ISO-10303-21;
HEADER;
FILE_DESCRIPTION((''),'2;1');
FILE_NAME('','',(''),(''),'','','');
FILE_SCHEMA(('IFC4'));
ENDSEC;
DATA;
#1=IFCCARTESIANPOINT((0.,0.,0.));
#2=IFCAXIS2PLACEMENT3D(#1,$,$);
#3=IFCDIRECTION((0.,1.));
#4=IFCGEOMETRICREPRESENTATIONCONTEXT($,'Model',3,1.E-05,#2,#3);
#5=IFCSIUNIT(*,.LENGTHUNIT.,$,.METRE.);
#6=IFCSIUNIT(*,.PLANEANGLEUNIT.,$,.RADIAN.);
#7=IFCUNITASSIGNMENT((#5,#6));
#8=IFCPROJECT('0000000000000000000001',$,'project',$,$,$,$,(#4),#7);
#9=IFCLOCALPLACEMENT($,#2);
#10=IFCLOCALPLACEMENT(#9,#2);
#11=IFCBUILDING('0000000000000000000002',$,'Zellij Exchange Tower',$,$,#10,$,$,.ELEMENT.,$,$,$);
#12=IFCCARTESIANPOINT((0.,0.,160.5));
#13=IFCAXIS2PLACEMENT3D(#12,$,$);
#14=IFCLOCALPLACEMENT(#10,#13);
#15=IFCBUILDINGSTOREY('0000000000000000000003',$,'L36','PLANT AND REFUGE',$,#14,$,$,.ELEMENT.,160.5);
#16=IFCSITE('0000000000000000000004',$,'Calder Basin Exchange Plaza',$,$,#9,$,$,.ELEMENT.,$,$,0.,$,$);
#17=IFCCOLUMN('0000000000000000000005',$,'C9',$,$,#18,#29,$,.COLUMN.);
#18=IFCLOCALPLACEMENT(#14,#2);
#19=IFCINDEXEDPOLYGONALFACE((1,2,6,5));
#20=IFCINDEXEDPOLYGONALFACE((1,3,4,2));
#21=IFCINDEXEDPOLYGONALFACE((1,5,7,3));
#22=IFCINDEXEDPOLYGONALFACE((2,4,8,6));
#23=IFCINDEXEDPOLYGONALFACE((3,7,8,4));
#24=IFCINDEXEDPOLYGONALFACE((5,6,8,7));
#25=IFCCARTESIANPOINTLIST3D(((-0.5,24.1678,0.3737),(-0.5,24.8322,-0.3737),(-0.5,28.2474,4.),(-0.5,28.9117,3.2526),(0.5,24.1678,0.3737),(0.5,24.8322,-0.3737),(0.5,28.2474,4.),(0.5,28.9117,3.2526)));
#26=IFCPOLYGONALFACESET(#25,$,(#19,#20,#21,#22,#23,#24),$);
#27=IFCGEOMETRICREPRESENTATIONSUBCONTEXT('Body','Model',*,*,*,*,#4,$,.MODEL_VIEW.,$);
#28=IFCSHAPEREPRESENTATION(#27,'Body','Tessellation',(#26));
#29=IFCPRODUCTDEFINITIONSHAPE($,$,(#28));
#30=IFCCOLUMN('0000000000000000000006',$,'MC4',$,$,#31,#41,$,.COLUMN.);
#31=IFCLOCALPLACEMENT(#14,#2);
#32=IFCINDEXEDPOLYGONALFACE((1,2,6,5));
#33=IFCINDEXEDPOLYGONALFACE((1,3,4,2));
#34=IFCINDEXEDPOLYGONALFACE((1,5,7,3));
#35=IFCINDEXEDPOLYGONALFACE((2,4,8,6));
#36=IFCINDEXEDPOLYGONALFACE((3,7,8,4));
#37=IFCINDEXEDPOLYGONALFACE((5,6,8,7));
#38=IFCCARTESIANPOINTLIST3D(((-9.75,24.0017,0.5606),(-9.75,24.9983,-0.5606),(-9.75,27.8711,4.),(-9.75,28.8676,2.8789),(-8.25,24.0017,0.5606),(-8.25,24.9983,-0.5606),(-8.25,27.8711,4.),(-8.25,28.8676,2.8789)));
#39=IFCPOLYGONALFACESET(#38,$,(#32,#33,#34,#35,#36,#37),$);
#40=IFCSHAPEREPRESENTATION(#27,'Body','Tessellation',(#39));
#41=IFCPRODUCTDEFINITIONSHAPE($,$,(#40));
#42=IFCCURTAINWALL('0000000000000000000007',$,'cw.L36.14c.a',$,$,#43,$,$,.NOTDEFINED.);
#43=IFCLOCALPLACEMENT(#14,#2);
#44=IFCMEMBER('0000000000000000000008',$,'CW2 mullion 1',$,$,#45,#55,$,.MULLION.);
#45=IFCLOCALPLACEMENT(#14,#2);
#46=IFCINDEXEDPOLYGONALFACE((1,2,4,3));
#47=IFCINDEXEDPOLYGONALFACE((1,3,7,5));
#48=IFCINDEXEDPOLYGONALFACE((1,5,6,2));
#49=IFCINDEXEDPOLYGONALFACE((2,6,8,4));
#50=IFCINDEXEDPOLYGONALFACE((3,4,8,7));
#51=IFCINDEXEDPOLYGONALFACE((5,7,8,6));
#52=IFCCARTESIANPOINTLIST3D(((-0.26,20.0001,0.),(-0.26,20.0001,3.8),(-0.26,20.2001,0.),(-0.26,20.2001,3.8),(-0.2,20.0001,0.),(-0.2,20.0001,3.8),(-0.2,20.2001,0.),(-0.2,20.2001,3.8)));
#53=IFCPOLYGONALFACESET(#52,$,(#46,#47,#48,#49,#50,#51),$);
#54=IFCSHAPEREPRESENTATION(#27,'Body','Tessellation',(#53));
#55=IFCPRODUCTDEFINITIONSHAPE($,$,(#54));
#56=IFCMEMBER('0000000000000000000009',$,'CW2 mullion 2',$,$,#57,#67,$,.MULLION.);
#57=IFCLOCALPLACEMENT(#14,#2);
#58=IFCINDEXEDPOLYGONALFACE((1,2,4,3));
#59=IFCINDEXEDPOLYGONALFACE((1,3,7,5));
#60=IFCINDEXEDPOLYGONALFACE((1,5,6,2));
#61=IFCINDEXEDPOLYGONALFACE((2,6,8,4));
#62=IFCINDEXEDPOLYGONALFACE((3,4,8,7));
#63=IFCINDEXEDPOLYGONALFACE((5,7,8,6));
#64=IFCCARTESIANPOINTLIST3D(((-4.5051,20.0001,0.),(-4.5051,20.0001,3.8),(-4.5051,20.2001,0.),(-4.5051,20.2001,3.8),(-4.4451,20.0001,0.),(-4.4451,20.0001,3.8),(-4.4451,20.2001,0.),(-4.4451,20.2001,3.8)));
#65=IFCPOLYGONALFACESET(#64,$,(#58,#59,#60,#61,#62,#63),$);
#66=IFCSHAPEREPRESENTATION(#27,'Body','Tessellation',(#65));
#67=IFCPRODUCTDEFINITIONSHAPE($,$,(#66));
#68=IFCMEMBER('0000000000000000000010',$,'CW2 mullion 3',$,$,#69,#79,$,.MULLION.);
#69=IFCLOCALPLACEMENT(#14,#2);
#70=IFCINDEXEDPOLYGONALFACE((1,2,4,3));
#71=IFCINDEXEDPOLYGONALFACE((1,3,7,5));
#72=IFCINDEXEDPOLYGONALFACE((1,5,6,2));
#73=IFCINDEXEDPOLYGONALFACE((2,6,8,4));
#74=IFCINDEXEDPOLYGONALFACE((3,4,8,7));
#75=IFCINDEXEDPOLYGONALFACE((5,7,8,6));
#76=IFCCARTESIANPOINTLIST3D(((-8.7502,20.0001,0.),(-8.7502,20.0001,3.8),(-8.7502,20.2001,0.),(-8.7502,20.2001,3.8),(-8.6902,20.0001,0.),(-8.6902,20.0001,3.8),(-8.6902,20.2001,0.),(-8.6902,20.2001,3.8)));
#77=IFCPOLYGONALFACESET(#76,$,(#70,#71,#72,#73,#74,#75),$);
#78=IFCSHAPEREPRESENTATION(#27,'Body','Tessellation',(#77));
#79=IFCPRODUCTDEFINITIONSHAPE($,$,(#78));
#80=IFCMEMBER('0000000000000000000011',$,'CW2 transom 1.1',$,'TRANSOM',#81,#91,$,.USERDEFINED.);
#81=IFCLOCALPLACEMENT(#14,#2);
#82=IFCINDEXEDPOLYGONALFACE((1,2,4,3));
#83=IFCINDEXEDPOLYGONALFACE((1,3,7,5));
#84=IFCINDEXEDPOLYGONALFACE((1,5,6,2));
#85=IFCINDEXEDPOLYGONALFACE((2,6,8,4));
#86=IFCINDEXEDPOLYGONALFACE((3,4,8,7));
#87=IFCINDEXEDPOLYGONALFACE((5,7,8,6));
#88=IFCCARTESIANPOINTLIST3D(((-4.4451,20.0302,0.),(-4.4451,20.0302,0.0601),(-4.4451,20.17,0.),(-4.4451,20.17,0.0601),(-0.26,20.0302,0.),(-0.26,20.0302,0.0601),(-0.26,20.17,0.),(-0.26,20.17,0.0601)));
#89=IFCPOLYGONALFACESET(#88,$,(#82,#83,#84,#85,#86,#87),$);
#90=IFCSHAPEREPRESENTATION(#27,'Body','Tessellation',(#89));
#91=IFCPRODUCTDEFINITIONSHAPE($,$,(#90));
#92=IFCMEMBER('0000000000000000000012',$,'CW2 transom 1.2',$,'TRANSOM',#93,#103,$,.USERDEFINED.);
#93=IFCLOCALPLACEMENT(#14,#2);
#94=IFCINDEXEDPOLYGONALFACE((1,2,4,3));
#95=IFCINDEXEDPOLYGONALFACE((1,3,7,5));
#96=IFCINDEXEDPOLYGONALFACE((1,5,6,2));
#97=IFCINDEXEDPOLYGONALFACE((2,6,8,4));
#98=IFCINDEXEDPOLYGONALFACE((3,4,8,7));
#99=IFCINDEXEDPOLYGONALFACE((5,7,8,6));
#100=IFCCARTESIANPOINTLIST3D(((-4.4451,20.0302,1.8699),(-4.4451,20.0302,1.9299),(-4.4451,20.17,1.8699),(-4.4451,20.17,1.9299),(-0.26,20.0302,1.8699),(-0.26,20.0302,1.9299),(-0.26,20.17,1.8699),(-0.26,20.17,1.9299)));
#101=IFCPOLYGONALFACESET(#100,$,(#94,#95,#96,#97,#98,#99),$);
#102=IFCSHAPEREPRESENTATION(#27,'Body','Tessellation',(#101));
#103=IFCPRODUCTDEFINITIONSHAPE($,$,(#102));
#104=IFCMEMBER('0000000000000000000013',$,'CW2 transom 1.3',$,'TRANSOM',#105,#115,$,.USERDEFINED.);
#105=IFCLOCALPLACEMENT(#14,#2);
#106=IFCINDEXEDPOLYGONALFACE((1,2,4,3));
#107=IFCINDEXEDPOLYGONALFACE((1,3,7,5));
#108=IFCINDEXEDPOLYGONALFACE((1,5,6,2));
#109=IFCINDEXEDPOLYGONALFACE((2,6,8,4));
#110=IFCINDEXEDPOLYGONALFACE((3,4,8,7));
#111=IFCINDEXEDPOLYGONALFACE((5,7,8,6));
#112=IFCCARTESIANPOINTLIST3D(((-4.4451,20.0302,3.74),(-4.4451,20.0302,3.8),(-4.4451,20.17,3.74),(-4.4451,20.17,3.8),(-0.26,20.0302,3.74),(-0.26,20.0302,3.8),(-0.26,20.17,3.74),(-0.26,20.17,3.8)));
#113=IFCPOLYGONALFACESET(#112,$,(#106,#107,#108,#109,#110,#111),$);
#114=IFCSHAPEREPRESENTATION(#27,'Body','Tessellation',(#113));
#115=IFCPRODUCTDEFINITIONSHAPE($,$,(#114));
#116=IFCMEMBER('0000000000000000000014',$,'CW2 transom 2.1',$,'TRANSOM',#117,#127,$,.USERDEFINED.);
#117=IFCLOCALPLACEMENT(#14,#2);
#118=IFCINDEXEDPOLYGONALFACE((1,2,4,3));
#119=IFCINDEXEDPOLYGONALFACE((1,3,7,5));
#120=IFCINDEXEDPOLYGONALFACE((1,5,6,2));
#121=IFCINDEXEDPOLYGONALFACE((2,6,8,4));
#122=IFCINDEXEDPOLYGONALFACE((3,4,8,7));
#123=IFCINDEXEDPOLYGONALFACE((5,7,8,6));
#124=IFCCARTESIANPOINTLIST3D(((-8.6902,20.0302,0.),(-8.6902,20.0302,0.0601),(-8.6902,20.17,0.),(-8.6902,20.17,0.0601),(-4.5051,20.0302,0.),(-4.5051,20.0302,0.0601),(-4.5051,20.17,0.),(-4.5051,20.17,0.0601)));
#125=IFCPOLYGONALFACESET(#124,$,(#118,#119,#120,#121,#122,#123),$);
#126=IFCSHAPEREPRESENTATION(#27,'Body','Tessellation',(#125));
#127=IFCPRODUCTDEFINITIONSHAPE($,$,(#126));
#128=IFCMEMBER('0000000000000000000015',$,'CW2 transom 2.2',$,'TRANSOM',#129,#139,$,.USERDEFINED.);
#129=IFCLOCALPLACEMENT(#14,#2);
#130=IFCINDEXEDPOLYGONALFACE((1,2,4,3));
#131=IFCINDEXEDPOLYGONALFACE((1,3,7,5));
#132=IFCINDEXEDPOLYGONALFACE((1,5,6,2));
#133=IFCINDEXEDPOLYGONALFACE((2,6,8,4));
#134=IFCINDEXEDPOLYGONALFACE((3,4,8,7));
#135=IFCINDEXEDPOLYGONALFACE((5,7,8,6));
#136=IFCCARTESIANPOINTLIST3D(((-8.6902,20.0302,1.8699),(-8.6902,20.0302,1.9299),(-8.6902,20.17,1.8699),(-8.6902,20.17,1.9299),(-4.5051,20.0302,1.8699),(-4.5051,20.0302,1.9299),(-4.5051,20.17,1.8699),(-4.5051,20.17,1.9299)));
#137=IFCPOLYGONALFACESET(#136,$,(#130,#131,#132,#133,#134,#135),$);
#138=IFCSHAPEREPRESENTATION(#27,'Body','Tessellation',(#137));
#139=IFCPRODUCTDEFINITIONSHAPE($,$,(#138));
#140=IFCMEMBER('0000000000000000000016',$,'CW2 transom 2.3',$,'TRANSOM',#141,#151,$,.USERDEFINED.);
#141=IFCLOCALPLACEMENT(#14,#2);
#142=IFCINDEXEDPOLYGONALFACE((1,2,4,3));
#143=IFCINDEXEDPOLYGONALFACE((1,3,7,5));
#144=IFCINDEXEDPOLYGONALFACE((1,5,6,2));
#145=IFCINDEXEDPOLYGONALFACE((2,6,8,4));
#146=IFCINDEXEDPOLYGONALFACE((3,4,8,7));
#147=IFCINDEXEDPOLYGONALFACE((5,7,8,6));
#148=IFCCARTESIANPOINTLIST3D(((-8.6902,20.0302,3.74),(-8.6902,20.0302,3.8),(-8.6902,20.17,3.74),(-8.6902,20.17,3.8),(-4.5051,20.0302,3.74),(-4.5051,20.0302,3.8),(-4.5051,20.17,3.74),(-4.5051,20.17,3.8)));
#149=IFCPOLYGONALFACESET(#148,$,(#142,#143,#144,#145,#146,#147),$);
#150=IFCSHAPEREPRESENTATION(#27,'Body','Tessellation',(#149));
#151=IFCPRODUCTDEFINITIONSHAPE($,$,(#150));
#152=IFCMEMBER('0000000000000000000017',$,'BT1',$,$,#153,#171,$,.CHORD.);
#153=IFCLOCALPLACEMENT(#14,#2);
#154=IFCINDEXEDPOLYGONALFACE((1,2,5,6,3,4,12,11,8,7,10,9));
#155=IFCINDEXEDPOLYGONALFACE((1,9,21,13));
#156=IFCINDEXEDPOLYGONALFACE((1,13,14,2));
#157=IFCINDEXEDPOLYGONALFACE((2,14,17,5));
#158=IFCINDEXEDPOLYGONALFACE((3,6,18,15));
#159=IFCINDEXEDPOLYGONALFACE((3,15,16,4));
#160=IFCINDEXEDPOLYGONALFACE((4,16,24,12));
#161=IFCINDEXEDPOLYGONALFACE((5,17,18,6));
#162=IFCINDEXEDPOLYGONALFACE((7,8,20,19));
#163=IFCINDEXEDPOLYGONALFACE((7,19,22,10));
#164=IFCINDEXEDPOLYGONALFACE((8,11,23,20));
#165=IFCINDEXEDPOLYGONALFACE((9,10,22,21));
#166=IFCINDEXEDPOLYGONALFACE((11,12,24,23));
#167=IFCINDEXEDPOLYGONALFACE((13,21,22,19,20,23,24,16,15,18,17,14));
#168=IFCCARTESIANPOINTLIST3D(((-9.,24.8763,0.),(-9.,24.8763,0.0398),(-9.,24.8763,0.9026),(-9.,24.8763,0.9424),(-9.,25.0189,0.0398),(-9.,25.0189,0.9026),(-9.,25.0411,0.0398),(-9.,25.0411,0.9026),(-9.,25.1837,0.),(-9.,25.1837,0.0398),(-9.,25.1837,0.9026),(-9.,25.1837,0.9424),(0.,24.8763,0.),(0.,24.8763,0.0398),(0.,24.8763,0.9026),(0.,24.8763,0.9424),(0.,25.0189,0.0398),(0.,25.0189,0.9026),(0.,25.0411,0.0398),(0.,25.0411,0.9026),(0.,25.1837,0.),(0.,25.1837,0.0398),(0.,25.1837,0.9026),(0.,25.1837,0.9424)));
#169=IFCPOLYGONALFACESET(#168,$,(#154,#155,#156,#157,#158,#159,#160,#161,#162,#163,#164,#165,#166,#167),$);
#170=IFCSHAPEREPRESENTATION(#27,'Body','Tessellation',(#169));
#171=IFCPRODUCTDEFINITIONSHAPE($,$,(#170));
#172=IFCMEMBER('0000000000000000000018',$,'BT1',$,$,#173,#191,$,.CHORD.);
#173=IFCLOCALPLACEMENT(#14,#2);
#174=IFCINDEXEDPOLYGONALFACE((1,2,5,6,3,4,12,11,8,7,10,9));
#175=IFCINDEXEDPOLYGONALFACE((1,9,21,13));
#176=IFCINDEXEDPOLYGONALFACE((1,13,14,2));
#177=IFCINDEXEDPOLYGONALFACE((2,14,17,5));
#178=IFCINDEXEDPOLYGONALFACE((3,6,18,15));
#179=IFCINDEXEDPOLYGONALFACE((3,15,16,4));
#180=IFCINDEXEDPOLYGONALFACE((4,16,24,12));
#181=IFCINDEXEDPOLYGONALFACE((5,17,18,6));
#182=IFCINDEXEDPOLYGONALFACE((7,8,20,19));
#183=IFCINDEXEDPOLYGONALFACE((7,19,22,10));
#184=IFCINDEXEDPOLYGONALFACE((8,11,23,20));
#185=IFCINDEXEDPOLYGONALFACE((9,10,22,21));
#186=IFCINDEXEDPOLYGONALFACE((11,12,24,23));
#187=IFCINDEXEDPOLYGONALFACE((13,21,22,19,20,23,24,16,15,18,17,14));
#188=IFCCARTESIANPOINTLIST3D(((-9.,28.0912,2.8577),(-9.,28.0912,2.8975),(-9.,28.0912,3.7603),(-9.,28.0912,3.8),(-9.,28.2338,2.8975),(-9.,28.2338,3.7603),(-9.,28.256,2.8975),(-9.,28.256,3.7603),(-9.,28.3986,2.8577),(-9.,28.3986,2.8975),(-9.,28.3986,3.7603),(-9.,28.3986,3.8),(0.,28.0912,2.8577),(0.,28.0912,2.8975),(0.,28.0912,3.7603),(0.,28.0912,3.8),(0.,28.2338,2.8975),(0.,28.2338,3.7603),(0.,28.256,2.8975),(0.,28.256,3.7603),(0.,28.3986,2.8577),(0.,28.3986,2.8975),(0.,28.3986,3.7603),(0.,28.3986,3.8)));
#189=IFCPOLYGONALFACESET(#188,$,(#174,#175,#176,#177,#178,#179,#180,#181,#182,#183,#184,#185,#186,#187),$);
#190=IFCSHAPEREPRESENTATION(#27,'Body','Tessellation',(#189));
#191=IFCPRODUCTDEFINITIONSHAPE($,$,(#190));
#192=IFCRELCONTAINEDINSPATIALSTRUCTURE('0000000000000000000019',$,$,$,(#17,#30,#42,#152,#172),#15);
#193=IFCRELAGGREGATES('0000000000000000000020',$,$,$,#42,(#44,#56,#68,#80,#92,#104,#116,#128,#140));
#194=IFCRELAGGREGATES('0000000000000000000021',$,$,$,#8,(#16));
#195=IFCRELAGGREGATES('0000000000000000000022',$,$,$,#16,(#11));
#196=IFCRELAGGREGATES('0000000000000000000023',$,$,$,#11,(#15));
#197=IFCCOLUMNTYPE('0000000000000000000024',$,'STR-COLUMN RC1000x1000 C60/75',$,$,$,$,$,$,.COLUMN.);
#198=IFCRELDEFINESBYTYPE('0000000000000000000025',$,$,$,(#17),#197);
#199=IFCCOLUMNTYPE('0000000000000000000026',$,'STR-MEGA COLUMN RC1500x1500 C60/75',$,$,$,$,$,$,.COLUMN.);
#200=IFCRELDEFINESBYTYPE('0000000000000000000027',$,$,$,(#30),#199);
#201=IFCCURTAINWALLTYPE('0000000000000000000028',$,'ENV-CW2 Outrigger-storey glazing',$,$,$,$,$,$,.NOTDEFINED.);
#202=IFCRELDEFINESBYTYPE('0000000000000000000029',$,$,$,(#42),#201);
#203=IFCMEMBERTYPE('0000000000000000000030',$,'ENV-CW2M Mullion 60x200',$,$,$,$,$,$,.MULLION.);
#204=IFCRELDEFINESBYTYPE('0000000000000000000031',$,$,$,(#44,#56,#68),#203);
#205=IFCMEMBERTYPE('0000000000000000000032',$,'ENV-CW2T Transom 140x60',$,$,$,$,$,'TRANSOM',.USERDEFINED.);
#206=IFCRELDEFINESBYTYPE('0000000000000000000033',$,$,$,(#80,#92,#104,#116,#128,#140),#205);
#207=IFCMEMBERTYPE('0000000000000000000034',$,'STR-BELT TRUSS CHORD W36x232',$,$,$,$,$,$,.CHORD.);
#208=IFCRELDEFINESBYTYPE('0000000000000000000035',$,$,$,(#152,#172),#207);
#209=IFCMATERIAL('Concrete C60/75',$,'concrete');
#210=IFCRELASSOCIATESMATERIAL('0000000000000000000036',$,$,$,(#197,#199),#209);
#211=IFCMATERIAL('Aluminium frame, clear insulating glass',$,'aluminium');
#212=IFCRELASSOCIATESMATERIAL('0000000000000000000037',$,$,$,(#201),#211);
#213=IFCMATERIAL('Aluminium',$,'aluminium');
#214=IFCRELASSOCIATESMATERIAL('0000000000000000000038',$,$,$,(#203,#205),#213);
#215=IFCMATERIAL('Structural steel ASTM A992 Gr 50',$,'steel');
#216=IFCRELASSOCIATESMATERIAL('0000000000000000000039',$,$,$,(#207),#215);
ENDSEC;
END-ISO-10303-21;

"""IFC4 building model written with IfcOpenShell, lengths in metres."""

from ifc_helpers import new_model, si_unit, direction, frame, origin, origin_2d, place, context, subcontext, project, spatial, rectangle, i_section, extrude, clip, halfspace, material, material_profile, profile_set, type_object, element, aggregate, save


model = new_model("IFC4")

# Units and contexts
model_context = context("Model", 3, precision=1e-05, world=origin(), true_north=direction((0.0, 1.0)))
body_context = subcontext(model_context, "Body", "Model", "MODEL_VIEW")
ifc_project = project(units=[si_unit("LENGTHUNIT", "METRE"), si_unit("PLANEANGLEUNIT", "RADIAN")], contexts=[model_context])

# Site, building, storey
site_placement = place(None, origin())
site = spatial("IfcSite", under=ifc_project, at=site_placement, Name="Calder Basin Exchange Plaza", CompositionType="ELEMENT", RefElevation=0.0)
building_placement = place(site_placement, origin())
building = spatial("IfcBuilding", under=site, at=building_placement, Name="Zellij Exchange Tower", CompositionType="ELEMENT")
storey_placement = place(building_placement, frame((0.0, 0.0, 160.5)))
storey = spatial("IfcBuildingStorey", under=building, at=storey_placement, Name="L36", Description="PLANT AND REFUGE", CompositionType="ELEMENT", Elevation=160.5)

# Columns
ifc_material_1 = material(Name="Concrete C60/75", Category="concrete")
ifc_material_profile_1 = material_profile(ifc_material_1, rectangle(XDim=1.0, YDim=1.0, at=origin_2d()), Name="STR-COLUMN RC1000x1000 C60/75")
ifc_profile_set_1 = profile_set([ifc_material_profile_1], Name="Concrete C60/75")
column_type_1 = type_object("IfcColumnType", Name="STR-COLUMN RC1000x1000 C60/75", PredefinedType="COLUMN", material=ifc_profile_set_1)
column_1_placement = place(storey_placement, frame((0.0, 24.5, 0.0), z_axis=(0.0, 0.747409, 0.664364), x_axis=(-1.0, 0.0, 0.0)))
element("IfcColumn", 1, at=column_1_placement, inside=storey, type_object=column_type_1, Name="C9", PredefinedType="COLUMN", context=body_context, shape_type="Clipping", body=[
    clip(extrude(rectangle(XDim=1.0, YDim=1.0, at=origin_2d()), origin(), (0.0, 0.0, 1.0), 6.0208), halfspace(frame((0.0, 0.0, 5.4583)), False)),
])
ifc_material_profile_2 = material_profile(ifc_material_1, rectangle(XDim=1.5, YDim=1.5, at=origin_2d()), Name="STR-MEGA COLUMN RC1500x1500 C60/75")
ifc_profile_set_2 = profile_set([ifc_material_profile_2], Name="Concrete C60/75")
column_type_2 = type_object("IfcColumnType", Name="STR-MEGA COLUMN RC1500x1500 C60/75", PredefinedType="COLUMN", material=ifc_profile_set_2)
column_2_placement = place(storey_placement, frame((-9.0, 24.5, 0.0), z_axis=(0.0, 0.747409, 0.664364), x_axis=(-1.0, 0.0, 0.0)))
element("IfcColumn", 2, at=column_2_placement, inside=storey, type_object=column_type_2, Name="MC4", PredefinedType="COLUMN", context=body_context, shape_type="Clipping", body=[
    clip(extrude(rectangle(XDim=1.5, YDim=1.5, at=origin_2d()), origin(), (0.0, 0.0, 1.0), 6.0208), halfspace(frame((0.0, 0.0, 5.177)), False)),
])

# Curtain wall, members
ifc_material_2 = material(Name="Aluminium frame, clear insulating glass", Category="aluminium")
curtain_wall_type = type_object("IfcCurtainWallType", Name="ENV-CW2 Outrigger-storey glazing", PredefinedType="NOTDEFINED", material=ifc_material_2)
curtain_wall_placement = place(storey_placement, origin())
curtain_wall = element("IfcCurtainWall", 3, at=curtain_wall_placement, inside=storey, type_object=curtain_wall_type, Name="cw.L36.14c.a", PredefinedType="NOTDEFINED")
ifc_material_3 = material(Name="Aluminium", Category="aluminium")
ifc_material_profile_3 = material_profile(ifc_material_3, rectangle(XDim=0.0601, YDim=0.2, at=origin_2d()), Name="AL 60x200")
ifc_profile_set_3 = profile_set([ifc_material_profile_3], Name="Aluminium")
member_type_1 = type_object("IfcMemberType", Name="ENV-CW2M Mullion 60x200", PredefinedType="MULLION", material=ifc_profile_set_3)
member_1_placement = place(storey_placement, frame((-0.23, 20.1001, 0.0), z_axis=(0.0, 0.0, 1.0), x_axis=(-1.0, 0.0, 0.0)))
member_1 = element("IfcMember", 4, at=member_1_placement, type_object=member_type_1, Name="CW2 mullion 1", PredefinedType="MULLION", context=body_context, shape_type="SweptSolid", body=[
    extrude(rectangle(XDim=0.0601, YDim=0.2, at=origin_2d()), origin(), (0.0, 0.0, 1.0), 3.8),
])
member_2_placement = place(storey_placement, frame((-4.4751, 20.1001, 0.0), z_axis=(0.0, 0.0, 1.0), x_axis=(-1.0, 0.0, 0.0)))
member_2 = element("IfcMember", 5, at=member_2_placement, type_object=member_type_1, Name="CW2 mullion 2", PredefinedType="MULLION", context=body_context, shape_type="SweptSolid", body=[
    extrude(rectangle(XDim=0.0601, YDim=0.2, at=origin_2d()), origin(), (0.0, 0.0, 1.0), 3.8),
])
member_3_placement = place(storey_placement, frame((-8.7202, 20.1001, 0.0), z_axis=(0.0, 0.0, 1.0), x_axis=(-1.0, 0.0, 0.0)))
member_3 = element("IfcMember", 6, at=member_3_placement, type_object=member_type_1, Name="CW2 mullion 3", PredefinedType="MULLION", context=body_context, shape_type="SweptSolid", body=[
    extrude(rectangle(XDim=0.0601, YDim=0.2, at=origin_2d()), origin(), (0.0, 0.0, 1.0), 3.8),
])
ifc_material_profile_4 = material_profile(ifc_material_3, rectangle(XDim=0.1399, YDim=0.0601, at=origin_2d()), Name="AL 140x60")
ifc_profile_set_4 = profile_set([ifc_material_profile_4], Name="Aluminium")
member_type_2 = type_object("IfcMemberType", Name="ENV-CW2T Transom 140x60", ElementType="TRANSOM", PredefinedType="USERDEFINED", material=ifc_profile_set_4)
member_4_placement = place(storey_placement, frame((-0.26, 20.1001, 0.03), z_axis=(-1.0, 0.0, 0.0), x_axis=(0.0, -1.0, 0.0)))
member_4 = element("IfcMember", 7, at=member_4_placement, type_object=member_type_2, Name="CW2 transom 1.1", ObjectType="TRANSOM", PredefinedType="USERDEFINED", context=body_context, shape_type="SweptSolid", body=[
    extrude(rectangle(XDim=0.1399, YDim=0.0601, at=origin_2d()), origin(), (0.0, 0.0, 1.0), 4.1851),
])
member_5_placement = place(storey_placement, frame((-0.26, 20.1001, 1.8999), z_axis=(-1.0, 0.0, 0.0), x_axis=(0.0, -1.0, 0.0)))
member_5 = element("IfcMember", 8, at=member_5_placement, type_object=member_type_2, Name="CW2 transom 1.2", ObjectType="TRANSOM", PredefinedType="USERDEFINED", context=body_context, shape_type="SweptSolid", body=[
    extrude(rectangle(XDim=0.1399, YDim=0.0601, at=origin_2d()), origin(), (0.0, 0.0, 1.0), 4.1851),
])
member_6_placement = place(storey_placement, frame((-0.26, 20.1001, 3.77), z_axis=(-1.0, 0.0, 0.0), x_axis=(0.0, -1.0, 0.0)))
member_6 = element("IfcMember", 9, at=member_6_placement, type_object=member_type_2, Name="CW2 transom 1.3", ObjectType="TRANSOM", PredefinedType="USERDEFINED", context=body_context, shape_type="SweptSolid", body=[
    extrude(rectangle(XDim=0.1399, YDim=0.0601, at=origin_2d()), origin(), (0.0, 0.0, 1.0), 4.1851),
])
member_7_placement = place(storey_placement, frame((-4.5051, 20.1001, 0.03), z_axis=(-1.0, 0.0, 0.0), x_axis=(0.0, -1.0, 0.0)))
member_7 = element("IfcMember", 10, at=member_7_placement, type_object=member_type_2, Name="CW2 transom 2.1", ObjectType="TRANSOM", PredefinedType="USERDEFINED", context=body_context, shape_type="SweptSolid", body=[
    extrude(rectangle(XDim=0.1399, YDim=0.0601, at=origin_2d()), origin(), (0.0, 0.0, 1.0), 4.1851),
])
member_8_placement = place(storey_placement, frame((-4.5051, 20.1001, 1.8999), z_axis=(-1.0, 0.0, 0.0), x_axis=(0.0, -1.0, 0.0)))
member_8 = element("IfcMember", 11, at=member_8_placement, type_object=member_type_2, Name="CW2 transom 2.2", ObjectType="TRANSOM", PredefinedType="USERDEFINED", context=body_context, shape_type="SweptSolid", body=[
    extrude(rectangle(XDim=0.1399, YDim=0.0601, at=origin_2d()), origin(), (0.0, 0.0, 1.0), 4.1851),
])
member_9_placement = place(storey_placement, frame((-4.5051, 20.1001, 3.77), z_axis=(-1.0, 0.0, 0.0), x_axis=(0.0, -1.0, 0.0)))
member_9 = element("IfcMember", 12, at=member_9_placement, type_object=member_type_2, Name="CW2 transom 2.3", ObjectType="TRANSOM", PredefinedType="USERDEFINED", context=body_context, shape_type="SweptSolid", body=[
    extrude(rectangle(XDim=0.1399, YDim=0.0601, at=origin_2d()), origin(), (0.0, 0.0, 1.0), 4.1851),
])

# Members
ifc_material_4 = material(Name="Structural steel ASTM A992 Gr 50", Category="steel")
ifc_material_profile_5 = material_profile(ifc_material_4, i_section(OverallWidth=0.3074, OverallDepth=0.9424, WebThickness=0.0222, FlangeThickness=0.0398, at=origin_2d()), Name="W36x232")
ifc_profile_set_5 = profile_set([ifc_material_profile_5], Name="Structural steel ASTM A992 Gr 50")
member_type_3 = type_object("IfcMemberType", Name="STR-BELT TRUSS CHORD W36x232", PredefinedType="CHORD", material=ifc_profile_set_5)
for number, where, z_axis, x_axis, name in (
    (13, (-9.0, 25.03, 0.4712), (1.0, 0.0, 0.0), (0.0, 1.0, 0.0), "BT1"),
    (14, (-9.0, 28.2449, 3.3289), (1.0, 0.0, 0.0), (0.0, 1.0, 0.0), "BT1"),
):
    element("IfcMember", number, at=place(storey_placement, frame(where, z_axis=z_axis, x_axis=x_axis)), inside=storey, type_object=member_type_3, Name=name, PredefinedType="CHORD", context=body_context, shape_type="SweptSolid", body=[
        extrude(i_section(OverallWidth=0.3074, OverallDepth=0.9424, WebThickness=0.0222, FlangeThickness=0.0398, at=origin_2d()), origin(), (0.0, 0.0, 1.0), 9.0),
    ])

aggregate(curtain_wall, [member_1, member_2, member_3, member_4, member_5, member_6, member_7, member_8, member_9])

save(model, "model.ifc")
